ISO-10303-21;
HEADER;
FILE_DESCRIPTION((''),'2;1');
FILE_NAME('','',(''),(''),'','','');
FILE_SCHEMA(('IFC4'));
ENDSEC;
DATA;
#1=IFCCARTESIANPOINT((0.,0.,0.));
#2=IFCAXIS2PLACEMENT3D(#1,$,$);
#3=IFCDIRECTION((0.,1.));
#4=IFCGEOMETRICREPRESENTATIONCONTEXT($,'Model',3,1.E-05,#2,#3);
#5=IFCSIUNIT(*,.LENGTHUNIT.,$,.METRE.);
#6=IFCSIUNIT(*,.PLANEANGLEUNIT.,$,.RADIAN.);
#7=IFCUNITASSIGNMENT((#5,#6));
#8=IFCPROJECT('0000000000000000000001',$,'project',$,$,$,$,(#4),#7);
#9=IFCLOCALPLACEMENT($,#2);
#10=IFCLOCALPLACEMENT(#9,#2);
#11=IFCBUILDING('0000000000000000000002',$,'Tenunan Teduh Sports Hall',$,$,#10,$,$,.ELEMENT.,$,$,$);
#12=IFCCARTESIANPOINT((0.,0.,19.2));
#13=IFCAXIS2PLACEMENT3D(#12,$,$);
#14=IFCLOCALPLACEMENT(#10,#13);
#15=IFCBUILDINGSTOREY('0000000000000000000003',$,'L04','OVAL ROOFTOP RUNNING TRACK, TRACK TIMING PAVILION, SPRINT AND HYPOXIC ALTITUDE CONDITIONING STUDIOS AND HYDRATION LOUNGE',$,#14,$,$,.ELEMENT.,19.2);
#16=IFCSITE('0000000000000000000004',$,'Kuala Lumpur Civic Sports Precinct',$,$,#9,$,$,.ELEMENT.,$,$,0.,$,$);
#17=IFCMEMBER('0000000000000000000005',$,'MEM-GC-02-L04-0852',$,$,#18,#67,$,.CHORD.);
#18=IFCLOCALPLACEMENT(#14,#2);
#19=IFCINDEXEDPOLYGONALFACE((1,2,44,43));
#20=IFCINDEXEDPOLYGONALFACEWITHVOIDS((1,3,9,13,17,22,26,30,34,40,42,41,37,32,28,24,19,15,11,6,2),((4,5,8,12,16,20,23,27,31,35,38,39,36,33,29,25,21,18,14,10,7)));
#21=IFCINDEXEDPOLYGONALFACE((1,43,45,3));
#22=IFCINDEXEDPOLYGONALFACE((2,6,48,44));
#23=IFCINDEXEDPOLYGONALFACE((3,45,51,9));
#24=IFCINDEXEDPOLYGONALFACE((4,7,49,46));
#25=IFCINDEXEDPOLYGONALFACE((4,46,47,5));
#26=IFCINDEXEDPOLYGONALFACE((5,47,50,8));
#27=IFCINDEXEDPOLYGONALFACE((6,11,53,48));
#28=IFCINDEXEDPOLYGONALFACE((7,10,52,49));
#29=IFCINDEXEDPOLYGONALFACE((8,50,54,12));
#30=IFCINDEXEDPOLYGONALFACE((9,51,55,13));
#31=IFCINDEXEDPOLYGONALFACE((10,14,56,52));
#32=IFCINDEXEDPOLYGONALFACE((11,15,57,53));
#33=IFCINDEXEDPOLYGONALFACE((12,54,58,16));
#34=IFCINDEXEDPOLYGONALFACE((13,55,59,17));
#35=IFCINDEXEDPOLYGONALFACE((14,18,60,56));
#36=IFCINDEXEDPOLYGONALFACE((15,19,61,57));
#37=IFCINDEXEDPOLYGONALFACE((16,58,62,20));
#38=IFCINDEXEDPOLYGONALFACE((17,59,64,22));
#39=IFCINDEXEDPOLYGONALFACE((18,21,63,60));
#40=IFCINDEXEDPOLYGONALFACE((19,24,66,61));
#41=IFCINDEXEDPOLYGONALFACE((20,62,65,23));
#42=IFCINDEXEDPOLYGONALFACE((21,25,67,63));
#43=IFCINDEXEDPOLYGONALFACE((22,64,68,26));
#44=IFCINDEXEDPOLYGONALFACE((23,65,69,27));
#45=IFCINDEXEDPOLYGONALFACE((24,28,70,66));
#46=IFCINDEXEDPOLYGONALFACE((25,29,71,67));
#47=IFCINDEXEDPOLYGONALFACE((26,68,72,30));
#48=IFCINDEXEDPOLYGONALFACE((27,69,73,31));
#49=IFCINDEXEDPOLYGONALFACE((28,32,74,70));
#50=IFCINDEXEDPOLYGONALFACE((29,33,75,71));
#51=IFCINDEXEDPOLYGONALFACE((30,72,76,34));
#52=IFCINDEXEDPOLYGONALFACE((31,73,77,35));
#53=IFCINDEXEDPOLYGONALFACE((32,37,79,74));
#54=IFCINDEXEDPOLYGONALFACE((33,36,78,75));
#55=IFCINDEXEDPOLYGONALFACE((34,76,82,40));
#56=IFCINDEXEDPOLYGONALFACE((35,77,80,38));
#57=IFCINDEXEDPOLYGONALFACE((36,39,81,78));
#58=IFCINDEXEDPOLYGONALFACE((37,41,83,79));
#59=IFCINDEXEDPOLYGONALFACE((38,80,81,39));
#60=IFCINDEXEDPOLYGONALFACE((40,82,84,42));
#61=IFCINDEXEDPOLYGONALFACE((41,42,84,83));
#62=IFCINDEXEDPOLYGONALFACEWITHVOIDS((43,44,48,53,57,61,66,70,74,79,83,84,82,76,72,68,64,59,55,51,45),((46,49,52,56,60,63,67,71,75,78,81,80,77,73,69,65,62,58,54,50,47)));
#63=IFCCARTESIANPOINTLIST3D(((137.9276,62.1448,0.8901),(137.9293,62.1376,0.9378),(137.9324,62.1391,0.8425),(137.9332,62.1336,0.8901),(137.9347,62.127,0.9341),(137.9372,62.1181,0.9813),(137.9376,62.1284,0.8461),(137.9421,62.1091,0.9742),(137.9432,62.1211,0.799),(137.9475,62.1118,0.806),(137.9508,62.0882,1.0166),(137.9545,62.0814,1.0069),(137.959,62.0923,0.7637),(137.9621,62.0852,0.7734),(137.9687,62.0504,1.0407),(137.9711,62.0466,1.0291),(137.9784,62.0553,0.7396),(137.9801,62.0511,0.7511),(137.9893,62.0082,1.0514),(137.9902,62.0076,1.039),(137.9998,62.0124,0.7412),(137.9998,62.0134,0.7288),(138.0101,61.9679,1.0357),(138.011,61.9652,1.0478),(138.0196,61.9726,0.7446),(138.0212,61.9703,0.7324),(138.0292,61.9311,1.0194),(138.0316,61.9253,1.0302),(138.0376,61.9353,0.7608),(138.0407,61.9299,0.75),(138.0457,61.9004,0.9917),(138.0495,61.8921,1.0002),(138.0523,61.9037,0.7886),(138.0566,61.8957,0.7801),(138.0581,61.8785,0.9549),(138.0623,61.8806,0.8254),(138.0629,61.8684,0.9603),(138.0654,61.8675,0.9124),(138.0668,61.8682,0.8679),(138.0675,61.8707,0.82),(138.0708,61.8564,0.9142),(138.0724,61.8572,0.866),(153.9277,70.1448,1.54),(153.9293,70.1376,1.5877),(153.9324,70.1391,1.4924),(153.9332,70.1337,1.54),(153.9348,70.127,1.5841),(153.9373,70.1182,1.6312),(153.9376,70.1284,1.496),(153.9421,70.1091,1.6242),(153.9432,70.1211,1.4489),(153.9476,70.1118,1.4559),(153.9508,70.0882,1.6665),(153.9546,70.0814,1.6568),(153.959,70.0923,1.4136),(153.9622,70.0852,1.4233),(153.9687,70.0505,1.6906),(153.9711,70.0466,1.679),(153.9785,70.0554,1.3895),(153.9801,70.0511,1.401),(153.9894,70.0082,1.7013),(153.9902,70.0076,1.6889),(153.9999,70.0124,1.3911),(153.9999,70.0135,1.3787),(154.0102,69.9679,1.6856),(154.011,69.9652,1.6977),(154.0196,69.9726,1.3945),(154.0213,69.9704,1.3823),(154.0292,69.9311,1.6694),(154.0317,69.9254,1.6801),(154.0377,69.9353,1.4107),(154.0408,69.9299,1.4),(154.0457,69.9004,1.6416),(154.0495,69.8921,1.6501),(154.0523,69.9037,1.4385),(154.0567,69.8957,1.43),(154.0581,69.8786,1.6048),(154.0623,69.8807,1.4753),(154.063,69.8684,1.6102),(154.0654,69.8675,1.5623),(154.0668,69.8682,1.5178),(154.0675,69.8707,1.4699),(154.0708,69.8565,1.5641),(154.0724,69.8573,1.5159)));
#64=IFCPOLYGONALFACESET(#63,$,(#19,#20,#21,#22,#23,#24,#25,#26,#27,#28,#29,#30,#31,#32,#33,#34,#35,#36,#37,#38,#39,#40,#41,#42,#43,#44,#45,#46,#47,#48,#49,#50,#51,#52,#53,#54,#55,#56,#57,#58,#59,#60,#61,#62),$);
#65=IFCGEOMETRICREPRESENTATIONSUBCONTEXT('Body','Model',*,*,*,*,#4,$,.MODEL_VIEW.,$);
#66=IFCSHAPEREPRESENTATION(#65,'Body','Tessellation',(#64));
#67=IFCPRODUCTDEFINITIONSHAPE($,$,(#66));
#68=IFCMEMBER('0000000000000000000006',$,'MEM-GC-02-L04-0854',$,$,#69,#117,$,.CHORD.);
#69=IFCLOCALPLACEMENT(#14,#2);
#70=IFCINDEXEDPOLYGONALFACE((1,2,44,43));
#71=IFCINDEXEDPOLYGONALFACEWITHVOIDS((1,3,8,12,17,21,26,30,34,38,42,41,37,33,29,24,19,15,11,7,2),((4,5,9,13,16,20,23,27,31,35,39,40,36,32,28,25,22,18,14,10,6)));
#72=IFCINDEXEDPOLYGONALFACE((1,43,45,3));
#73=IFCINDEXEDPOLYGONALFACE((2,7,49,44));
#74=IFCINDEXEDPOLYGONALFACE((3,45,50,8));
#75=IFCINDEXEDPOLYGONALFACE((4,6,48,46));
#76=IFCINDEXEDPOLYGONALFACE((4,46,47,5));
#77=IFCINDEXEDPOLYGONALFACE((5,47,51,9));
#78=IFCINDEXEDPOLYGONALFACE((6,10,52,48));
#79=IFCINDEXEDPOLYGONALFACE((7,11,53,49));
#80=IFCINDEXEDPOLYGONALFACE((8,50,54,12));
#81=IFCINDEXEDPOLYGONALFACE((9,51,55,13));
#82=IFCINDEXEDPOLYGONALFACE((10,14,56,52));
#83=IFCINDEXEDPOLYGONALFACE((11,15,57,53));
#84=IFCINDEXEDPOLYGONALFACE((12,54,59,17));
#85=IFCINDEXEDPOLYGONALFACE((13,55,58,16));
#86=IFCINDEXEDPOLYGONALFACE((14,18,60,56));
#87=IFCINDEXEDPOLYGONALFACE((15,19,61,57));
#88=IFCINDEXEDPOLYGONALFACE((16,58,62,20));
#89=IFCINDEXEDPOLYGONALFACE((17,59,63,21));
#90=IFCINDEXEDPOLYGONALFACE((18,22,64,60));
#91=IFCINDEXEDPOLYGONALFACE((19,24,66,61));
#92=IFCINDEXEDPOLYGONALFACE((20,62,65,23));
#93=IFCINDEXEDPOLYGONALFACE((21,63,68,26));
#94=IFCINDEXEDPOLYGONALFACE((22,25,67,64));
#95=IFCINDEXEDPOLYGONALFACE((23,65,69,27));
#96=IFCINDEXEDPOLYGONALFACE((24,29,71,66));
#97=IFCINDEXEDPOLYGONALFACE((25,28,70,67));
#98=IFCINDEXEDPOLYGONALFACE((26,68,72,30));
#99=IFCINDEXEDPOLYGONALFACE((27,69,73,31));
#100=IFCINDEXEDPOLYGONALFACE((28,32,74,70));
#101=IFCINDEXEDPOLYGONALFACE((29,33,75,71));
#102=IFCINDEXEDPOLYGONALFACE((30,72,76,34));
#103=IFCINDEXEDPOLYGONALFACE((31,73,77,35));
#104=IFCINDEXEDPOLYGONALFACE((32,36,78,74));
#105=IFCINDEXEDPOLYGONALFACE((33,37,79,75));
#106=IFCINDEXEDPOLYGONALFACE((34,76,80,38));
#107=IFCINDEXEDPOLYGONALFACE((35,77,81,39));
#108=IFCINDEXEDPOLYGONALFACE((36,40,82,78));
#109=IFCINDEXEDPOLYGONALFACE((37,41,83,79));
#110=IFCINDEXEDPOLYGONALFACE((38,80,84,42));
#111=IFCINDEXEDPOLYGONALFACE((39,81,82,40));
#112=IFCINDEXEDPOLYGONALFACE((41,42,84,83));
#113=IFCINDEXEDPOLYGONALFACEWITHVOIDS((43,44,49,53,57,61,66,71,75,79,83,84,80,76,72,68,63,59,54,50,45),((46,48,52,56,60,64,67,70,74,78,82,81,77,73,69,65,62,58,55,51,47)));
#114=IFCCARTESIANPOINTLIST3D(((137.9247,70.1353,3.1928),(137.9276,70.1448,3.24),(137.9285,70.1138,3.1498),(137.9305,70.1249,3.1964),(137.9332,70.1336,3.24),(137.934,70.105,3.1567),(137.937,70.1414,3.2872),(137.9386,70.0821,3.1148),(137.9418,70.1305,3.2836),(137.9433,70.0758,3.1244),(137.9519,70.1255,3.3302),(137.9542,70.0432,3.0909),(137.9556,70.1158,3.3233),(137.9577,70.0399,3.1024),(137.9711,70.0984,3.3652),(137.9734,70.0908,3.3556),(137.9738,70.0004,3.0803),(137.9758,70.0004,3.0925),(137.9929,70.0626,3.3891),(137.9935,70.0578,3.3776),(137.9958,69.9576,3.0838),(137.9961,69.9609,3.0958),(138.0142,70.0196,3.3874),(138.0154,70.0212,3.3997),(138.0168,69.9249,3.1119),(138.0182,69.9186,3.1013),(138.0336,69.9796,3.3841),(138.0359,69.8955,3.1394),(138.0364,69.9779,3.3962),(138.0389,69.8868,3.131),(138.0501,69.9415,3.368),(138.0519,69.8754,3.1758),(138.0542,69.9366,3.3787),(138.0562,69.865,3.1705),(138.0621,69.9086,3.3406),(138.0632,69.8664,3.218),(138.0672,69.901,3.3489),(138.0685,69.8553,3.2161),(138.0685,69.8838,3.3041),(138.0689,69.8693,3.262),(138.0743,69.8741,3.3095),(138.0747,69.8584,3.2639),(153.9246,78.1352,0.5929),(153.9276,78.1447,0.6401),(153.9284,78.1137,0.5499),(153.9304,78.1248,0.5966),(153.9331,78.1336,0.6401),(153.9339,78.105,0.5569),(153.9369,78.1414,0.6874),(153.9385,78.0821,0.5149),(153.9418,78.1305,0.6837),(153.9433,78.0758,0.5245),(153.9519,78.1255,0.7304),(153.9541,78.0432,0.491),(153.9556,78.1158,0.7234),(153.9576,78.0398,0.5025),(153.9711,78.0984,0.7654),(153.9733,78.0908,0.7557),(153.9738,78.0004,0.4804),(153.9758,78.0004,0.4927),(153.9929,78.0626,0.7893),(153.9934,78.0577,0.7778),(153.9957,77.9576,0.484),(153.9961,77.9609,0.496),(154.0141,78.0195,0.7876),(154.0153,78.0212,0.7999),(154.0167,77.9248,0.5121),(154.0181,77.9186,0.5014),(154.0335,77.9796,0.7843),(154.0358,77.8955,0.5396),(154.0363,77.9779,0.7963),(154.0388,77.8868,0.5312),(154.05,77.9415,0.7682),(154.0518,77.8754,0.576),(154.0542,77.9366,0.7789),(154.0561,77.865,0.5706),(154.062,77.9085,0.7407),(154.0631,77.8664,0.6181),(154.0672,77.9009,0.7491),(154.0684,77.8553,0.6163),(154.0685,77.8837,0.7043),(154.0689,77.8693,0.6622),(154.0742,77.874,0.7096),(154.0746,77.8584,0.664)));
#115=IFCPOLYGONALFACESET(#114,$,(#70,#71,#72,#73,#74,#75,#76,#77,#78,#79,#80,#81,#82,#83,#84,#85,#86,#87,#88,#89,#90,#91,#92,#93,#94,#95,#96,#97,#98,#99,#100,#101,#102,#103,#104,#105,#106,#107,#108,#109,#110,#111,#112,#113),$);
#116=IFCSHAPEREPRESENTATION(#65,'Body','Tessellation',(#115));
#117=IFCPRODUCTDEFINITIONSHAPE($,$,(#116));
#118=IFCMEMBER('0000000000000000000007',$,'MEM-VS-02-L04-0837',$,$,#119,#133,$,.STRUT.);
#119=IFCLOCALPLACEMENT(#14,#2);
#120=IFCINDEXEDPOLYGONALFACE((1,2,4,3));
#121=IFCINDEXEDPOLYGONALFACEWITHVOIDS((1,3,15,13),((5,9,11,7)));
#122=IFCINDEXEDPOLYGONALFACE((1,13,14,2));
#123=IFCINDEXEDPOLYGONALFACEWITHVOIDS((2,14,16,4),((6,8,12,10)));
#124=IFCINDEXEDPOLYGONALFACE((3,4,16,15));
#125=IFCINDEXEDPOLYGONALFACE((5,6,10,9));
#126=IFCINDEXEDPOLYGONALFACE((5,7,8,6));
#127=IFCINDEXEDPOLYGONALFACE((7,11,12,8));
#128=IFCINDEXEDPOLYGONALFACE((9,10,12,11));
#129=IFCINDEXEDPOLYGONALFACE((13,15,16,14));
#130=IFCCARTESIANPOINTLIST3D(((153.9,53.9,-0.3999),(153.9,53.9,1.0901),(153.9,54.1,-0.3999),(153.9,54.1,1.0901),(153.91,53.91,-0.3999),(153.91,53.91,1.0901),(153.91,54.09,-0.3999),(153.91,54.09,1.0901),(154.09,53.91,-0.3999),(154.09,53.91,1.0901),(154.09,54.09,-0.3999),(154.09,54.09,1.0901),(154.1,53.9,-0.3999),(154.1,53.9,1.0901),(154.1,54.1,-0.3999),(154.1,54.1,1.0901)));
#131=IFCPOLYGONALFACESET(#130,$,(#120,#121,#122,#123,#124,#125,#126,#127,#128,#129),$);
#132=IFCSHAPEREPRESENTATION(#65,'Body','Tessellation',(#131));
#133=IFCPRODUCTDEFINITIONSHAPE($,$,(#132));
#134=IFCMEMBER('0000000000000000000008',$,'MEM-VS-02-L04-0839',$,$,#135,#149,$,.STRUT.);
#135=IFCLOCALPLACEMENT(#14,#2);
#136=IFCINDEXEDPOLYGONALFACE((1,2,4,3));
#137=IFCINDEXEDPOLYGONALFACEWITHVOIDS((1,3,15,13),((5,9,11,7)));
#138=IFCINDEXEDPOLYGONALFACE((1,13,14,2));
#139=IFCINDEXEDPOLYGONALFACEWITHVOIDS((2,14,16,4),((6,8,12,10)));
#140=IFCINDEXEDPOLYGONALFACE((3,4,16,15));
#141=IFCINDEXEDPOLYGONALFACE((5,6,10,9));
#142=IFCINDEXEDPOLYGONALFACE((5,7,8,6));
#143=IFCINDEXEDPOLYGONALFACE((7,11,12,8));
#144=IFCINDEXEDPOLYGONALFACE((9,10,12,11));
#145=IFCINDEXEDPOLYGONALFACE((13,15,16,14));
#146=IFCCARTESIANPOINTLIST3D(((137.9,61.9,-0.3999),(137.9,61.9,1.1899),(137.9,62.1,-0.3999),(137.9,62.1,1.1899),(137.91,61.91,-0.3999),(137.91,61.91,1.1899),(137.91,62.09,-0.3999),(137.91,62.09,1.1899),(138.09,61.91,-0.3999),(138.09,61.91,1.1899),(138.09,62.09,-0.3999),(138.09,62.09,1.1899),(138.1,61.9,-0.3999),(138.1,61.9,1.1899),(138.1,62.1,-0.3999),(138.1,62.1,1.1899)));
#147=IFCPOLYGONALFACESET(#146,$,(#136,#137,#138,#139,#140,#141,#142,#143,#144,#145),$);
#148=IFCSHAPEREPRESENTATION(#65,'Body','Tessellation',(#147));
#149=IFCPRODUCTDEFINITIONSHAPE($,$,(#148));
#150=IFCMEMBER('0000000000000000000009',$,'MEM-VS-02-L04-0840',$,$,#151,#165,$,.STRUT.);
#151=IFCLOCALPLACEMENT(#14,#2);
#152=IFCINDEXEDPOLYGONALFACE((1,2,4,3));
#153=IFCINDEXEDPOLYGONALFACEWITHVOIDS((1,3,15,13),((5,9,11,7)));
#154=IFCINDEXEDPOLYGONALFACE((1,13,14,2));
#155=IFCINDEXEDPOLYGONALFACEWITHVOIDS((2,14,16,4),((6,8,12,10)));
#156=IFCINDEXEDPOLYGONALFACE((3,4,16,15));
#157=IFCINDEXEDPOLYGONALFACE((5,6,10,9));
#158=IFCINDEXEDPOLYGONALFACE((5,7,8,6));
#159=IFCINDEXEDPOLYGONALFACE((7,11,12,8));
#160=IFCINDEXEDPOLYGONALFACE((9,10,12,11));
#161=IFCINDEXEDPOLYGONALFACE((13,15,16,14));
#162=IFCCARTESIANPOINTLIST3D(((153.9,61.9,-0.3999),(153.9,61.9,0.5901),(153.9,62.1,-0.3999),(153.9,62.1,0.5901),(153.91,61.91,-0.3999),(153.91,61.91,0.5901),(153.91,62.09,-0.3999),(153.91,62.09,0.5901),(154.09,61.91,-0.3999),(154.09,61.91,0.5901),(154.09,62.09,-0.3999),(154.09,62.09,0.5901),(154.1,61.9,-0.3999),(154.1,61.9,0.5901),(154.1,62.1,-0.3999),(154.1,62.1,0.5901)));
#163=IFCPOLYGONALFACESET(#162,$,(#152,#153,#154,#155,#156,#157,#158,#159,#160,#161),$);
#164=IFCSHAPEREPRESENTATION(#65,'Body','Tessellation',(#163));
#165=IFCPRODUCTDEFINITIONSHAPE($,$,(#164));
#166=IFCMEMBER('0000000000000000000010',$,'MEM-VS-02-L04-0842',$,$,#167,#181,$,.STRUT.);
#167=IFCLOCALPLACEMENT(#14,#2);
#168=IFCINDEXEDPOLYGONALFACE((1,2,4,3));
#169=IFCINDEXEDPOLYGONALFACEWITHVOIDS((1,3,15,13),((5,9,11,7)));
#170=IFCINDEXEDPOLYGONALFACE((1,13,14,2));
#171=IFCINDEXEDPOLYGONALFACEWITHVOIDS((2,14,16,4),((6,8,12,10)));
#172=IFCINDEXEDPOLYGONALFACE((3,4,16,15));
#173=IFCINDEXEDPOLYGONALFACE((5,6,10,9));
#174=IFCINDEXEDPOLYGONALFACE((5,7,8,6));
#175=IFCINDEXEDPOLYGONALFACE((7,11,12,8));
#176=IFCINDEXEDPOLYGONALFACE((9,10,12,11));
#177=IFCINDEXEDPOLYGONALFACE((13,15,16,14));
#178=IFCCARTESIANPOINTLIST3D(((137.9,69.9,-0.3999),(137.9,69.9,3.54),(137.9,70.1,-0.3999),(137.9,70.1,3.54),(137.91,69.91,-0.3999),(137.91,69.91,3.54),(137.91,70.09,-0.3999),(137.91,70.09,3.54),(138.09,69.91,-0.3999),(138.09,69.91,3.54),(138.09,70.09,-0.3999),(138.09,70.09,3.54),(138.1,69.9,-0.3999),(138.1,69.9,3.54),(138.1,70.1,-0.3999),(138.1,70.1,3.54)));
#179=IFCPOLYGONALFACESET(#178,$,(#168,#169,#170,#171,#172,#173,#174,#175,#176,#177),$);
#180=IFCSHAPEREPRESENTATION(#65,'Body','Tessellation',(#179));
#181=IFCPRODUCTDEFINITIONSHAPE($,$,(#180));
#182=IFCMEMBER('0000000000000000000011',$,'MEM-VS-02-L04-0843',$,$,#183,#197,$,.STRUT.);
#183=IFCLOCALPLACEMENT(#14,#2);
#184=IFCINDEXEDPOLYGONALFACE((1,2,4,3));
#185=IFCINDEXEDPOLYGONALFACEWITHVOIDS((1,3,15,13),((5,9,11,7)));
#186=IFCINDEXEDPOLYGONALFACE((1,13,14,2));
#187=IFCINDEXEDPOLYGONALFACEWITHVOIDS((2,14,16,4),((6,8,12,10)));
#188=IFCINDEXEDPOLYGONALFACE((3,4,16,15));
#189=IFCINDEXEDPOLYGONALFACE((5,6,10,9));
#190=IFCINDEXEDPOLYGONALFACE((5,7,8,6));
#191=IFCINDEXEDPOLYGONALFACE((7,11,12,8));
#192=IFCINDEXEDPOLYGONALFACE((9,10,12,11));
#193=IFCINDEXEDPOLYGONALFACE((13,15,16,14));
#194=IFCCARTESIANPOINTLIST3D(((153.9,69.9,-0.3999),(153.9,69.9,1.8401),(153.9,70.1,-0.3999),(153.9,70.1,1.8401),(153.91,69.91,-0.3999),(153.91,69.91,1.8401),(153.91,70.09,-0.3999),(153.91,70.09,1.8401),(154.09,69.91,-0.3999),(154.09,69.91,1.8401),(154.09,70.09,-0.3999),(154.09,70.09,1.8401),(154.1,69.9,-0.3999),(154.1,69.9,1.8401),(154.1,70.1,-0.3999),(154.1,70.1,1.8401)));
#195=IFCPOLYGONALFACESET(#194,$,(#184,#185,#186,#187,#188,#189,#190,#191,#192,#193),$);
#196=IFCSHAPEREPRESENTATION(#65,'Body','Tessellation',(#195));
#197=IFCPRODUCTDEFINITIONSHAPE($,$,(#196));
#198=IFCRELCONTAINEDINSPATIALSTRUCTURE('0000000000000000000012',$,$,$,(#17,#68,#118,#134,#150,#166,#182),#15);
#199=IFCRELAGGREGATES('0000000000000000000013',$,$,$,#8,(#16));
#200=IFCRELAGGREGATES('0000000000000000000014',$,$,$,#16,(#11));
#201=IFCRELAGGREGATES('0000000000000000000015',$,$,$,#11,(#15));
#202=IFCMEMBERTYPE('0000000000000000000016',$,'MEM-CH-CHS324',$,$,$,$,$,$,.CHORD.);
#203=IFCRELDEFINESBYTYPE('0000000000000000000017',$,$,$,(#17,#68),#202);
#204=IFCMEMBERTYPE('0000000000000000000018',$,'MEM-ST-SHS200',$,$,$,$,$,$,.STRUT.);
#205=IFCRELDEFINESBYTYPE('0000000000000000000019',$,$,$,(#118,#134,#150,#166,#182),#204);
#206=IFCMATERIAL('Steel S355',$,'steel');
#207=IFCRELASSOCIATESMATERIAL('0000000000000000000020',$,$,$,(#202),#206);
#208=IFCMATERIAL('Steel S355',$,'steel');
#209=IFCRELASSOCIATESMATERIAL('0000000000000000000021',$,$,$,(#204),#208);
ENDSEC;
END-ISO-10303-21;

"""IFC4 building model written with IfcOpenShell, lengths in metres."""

from ifc_helpers import new_model, si_unit, direction, frame, origin, origin_2d, place, context, subcontext, project, spatial, hollow_rectangle, hollow_circle, extrude, material, material_profile, profile_set, type_object, element, save


model = new_model("IFC4")

# Units and contexts
model_context = context("Model", 3, precision=1e-05, world=origin(), true_north=direction((0.0, 1.0)))
body_context = subcontext(model_context, "Body", "Model", "MODEL_VIEW")
ifc_project = project(units=[si_unit("LENGTHUNIT", "METRE"), si_unit("PLANEANGLEUNIT", "RADIAN")], contexts=[model_context])

# Site, building, storey
site_placement = place(None, origin())
site = spatial("IfcSite", under=ifc_project, at=site_placement, Name="Kuala Lumpur Civic Sports Precinct", CompositionType="ELEMENT", RefElevation=0.0)
building_placement = place(site_placement, origin())
building = spatial("IfcBuilding", under=site, at=building_placement, Name="Tenunan Teduh Sports Hall", CompositionType="ELEMENT")
storey_placement = place(building_placement, frame((0.0, 0.0, 19.2)))
storey = spatial("IfcBuildingStorey", under=building, at=storey_placement, Name="L04", Description="OVAL ROOFTOP RUNNING TRACK, TRACK TIMING PAVILION, SPRINT AND HYPOXIC ALTITUDE CONDITIONING STUDIOS AND HYDRATION LOUNGE", CompositionType="ELEMENT", Elevation=19.2)

# Members
ifc_material_1 = material(Name="Steel S355", Category="steel")
ifc_material_profile_1 = material_profile(ifc_material_1, hollow_circle(Radius=0.1619, WallThickness=0.0125, at=origin_2d()), Name="CHS 323.9x12.5")
ifc_profile_set_1 = profile_set([ifc_material_profile_1], Name="Steel S355")
member_type_1 = type_object("IfcMemberType", Name="MEM-CH-CHS324", PredefinedType="CHORD", material=ifc_profile_set_1)
member_1_placement = place(storey_placement, frame((138.0, 62.0, 0.8901), z_axis=(0.893837, 0.446919, 0.036307), x_axis=(-0.447214, 0.894427, 0.0)))
element("IfcMember", 1, at=member_1_placement, inside=storey, type_object=member_type_1, Name="MEM-GC-02-L04-0852", PredefinedType="CHORD", context=body_context, shape_type="SweptSolid", body=[
    extrude(hollow_circle(Radius=0.1619, WallThickness=0.0125, at=origin_2d()), origin(), (0.0, 0.0, 1.0), 17.9004),
])
member_2_placement = place(storey_placement, frame((138.0, 70.0, 3.24), z_axis=(0.885128, 0.442564, -0.143825), x_axis=(-0.447214, 0.894427, 0.0)))
element("IfcMember", 2, at=member_2_placement, inside=storey, type_object=member_type_1, Name="MEM-GC-02-L04-0854", PredefinedType="CHORD", context=body_context, shape_type="SweptSolid", body=[
    extrude(hollow_circle(Radius=0.1619, WallThickness=0.0125, at=origin_2d()), origin(), (0.0, 0.0, 1.0), 18.0764),
])
ifc_material_2 = material(Name="Steel S355", Category="steel")
ifc_material_profile_2 = material_profile(ifc_material_2, hollow_rectangle(XDim=0.2, YDim=0.2, WallThickness=0.01, at=origin_2d()), Name="SHS 200x200x10.0")
ifc_profile_set_2 = profile_set([ifc_material_profile_2], Name="Steel S355")
member_type_2 = type_object("IfcMemberType", Name="MEM-ST-SHS200", PredefinedType="STRUT", material=ifc_profile_set_2)
member_3_placement = place(storey_placement, frame((154.0, 54.0, -0.3999), z_axis=(0.0, 0.0, 1.0), x_axis=(1.0, 0.0, 0.0)))
element("IfcMember", 3, at=member_3_placement, inside=storey, type_object=member_type_2, Name="MEM-VS-02-L04-0837", PredefinedType="STRUT", context=body_context, shape_type="SweptSolid", body=[
    extrude(hollow_rectangle(XDim=0.2, YDim=0.2, WallThickness=0.01, at=origin_2d()), origin(), (0.0, 0.0, 1.0), 1.49),
])
member_4_placement = place(storey_placement, frame((138.0, 62.0, -0.3999), z_axis=(0.0, 0.0, 1.0), x_axis=(1.0, 0.0, 0.0)))
element("IfcMember", 4, at=member_4_placement, inside=storey, type_object=member_type_2, Name="MEM-VS-02-L04-0839", PredefinedType="STRUT", context=body_context, shape_type="SweptSolid", body=[
    extrude(hollow_rectangle(XDim=0.2, YDim=0.2, WallThickness=0.01, at=origin_2d()), origin(), (0.0, 0.0, 1.0), 1.5898),
])
member_5_placement = place(storey_placement, frame((154.0, 62.0, -0.3999), z_axis=(0.0, 0.0, 1.0), x_axis=(1.0, 0.0, 0.0)))
element("IfcMember", 5, at=member_5_placement, inside=storey, type_object=member_type_2, Name="MEM-VS-02-L04-0840", PredefinedType="STRUT", context=body_context, shape_type="SweptSolid", body=[
    extrude(hollow_rectangle(XDim=0.2, YDim=0.2, WallThickness=0.01, at=origin_2d()), origin(), (0.0, 0.0, 1.0), 0.99),
])
member_6_placement = place(storey_placement, frame((138.0, 70.0, -0.3999), z_axis=(0.0, 0.0, 1.0), x_axis=(1.0, 0.0, 0.0)))
element("IfcMember", 6, at=member_6_placement, inside=storey, type_object=member_type_2, Name="MEM-VS-02-L04-0842", PredefinedType="STRUT", context=body_context, shape_type="SweptSolid", body=[
    extrude(hollow_rectangle(XDim=0.2, YDim=0.2, WallThickness=0.01, at=origin_2d()), origin(), (0.0, 0.0, 1.0), 3.9399),
])
member_7_placement = place(storey_placement, frame((154.0, 70.0, -0.3999), z_axis=(0.0, 0.0, 1.0), x_axis=(1.0, 0.0, 0.0)))
element("IfcMember", 7, at=member_7_placement, inside=storey, type_object=member_type_2, Name="MEM-VS-02-L04-0843", PredefinedType="STRUT", context=body_context, shape_type="SweptSolid", body=[
    extrude(hollow_rectangle(XDim=0.2, YDim=0.2, WallThickness=0.01, at=origin_2d()), origin(), (0.0, 0.0, 1.0), 2.24),
])

save(model, "model.ifc")
